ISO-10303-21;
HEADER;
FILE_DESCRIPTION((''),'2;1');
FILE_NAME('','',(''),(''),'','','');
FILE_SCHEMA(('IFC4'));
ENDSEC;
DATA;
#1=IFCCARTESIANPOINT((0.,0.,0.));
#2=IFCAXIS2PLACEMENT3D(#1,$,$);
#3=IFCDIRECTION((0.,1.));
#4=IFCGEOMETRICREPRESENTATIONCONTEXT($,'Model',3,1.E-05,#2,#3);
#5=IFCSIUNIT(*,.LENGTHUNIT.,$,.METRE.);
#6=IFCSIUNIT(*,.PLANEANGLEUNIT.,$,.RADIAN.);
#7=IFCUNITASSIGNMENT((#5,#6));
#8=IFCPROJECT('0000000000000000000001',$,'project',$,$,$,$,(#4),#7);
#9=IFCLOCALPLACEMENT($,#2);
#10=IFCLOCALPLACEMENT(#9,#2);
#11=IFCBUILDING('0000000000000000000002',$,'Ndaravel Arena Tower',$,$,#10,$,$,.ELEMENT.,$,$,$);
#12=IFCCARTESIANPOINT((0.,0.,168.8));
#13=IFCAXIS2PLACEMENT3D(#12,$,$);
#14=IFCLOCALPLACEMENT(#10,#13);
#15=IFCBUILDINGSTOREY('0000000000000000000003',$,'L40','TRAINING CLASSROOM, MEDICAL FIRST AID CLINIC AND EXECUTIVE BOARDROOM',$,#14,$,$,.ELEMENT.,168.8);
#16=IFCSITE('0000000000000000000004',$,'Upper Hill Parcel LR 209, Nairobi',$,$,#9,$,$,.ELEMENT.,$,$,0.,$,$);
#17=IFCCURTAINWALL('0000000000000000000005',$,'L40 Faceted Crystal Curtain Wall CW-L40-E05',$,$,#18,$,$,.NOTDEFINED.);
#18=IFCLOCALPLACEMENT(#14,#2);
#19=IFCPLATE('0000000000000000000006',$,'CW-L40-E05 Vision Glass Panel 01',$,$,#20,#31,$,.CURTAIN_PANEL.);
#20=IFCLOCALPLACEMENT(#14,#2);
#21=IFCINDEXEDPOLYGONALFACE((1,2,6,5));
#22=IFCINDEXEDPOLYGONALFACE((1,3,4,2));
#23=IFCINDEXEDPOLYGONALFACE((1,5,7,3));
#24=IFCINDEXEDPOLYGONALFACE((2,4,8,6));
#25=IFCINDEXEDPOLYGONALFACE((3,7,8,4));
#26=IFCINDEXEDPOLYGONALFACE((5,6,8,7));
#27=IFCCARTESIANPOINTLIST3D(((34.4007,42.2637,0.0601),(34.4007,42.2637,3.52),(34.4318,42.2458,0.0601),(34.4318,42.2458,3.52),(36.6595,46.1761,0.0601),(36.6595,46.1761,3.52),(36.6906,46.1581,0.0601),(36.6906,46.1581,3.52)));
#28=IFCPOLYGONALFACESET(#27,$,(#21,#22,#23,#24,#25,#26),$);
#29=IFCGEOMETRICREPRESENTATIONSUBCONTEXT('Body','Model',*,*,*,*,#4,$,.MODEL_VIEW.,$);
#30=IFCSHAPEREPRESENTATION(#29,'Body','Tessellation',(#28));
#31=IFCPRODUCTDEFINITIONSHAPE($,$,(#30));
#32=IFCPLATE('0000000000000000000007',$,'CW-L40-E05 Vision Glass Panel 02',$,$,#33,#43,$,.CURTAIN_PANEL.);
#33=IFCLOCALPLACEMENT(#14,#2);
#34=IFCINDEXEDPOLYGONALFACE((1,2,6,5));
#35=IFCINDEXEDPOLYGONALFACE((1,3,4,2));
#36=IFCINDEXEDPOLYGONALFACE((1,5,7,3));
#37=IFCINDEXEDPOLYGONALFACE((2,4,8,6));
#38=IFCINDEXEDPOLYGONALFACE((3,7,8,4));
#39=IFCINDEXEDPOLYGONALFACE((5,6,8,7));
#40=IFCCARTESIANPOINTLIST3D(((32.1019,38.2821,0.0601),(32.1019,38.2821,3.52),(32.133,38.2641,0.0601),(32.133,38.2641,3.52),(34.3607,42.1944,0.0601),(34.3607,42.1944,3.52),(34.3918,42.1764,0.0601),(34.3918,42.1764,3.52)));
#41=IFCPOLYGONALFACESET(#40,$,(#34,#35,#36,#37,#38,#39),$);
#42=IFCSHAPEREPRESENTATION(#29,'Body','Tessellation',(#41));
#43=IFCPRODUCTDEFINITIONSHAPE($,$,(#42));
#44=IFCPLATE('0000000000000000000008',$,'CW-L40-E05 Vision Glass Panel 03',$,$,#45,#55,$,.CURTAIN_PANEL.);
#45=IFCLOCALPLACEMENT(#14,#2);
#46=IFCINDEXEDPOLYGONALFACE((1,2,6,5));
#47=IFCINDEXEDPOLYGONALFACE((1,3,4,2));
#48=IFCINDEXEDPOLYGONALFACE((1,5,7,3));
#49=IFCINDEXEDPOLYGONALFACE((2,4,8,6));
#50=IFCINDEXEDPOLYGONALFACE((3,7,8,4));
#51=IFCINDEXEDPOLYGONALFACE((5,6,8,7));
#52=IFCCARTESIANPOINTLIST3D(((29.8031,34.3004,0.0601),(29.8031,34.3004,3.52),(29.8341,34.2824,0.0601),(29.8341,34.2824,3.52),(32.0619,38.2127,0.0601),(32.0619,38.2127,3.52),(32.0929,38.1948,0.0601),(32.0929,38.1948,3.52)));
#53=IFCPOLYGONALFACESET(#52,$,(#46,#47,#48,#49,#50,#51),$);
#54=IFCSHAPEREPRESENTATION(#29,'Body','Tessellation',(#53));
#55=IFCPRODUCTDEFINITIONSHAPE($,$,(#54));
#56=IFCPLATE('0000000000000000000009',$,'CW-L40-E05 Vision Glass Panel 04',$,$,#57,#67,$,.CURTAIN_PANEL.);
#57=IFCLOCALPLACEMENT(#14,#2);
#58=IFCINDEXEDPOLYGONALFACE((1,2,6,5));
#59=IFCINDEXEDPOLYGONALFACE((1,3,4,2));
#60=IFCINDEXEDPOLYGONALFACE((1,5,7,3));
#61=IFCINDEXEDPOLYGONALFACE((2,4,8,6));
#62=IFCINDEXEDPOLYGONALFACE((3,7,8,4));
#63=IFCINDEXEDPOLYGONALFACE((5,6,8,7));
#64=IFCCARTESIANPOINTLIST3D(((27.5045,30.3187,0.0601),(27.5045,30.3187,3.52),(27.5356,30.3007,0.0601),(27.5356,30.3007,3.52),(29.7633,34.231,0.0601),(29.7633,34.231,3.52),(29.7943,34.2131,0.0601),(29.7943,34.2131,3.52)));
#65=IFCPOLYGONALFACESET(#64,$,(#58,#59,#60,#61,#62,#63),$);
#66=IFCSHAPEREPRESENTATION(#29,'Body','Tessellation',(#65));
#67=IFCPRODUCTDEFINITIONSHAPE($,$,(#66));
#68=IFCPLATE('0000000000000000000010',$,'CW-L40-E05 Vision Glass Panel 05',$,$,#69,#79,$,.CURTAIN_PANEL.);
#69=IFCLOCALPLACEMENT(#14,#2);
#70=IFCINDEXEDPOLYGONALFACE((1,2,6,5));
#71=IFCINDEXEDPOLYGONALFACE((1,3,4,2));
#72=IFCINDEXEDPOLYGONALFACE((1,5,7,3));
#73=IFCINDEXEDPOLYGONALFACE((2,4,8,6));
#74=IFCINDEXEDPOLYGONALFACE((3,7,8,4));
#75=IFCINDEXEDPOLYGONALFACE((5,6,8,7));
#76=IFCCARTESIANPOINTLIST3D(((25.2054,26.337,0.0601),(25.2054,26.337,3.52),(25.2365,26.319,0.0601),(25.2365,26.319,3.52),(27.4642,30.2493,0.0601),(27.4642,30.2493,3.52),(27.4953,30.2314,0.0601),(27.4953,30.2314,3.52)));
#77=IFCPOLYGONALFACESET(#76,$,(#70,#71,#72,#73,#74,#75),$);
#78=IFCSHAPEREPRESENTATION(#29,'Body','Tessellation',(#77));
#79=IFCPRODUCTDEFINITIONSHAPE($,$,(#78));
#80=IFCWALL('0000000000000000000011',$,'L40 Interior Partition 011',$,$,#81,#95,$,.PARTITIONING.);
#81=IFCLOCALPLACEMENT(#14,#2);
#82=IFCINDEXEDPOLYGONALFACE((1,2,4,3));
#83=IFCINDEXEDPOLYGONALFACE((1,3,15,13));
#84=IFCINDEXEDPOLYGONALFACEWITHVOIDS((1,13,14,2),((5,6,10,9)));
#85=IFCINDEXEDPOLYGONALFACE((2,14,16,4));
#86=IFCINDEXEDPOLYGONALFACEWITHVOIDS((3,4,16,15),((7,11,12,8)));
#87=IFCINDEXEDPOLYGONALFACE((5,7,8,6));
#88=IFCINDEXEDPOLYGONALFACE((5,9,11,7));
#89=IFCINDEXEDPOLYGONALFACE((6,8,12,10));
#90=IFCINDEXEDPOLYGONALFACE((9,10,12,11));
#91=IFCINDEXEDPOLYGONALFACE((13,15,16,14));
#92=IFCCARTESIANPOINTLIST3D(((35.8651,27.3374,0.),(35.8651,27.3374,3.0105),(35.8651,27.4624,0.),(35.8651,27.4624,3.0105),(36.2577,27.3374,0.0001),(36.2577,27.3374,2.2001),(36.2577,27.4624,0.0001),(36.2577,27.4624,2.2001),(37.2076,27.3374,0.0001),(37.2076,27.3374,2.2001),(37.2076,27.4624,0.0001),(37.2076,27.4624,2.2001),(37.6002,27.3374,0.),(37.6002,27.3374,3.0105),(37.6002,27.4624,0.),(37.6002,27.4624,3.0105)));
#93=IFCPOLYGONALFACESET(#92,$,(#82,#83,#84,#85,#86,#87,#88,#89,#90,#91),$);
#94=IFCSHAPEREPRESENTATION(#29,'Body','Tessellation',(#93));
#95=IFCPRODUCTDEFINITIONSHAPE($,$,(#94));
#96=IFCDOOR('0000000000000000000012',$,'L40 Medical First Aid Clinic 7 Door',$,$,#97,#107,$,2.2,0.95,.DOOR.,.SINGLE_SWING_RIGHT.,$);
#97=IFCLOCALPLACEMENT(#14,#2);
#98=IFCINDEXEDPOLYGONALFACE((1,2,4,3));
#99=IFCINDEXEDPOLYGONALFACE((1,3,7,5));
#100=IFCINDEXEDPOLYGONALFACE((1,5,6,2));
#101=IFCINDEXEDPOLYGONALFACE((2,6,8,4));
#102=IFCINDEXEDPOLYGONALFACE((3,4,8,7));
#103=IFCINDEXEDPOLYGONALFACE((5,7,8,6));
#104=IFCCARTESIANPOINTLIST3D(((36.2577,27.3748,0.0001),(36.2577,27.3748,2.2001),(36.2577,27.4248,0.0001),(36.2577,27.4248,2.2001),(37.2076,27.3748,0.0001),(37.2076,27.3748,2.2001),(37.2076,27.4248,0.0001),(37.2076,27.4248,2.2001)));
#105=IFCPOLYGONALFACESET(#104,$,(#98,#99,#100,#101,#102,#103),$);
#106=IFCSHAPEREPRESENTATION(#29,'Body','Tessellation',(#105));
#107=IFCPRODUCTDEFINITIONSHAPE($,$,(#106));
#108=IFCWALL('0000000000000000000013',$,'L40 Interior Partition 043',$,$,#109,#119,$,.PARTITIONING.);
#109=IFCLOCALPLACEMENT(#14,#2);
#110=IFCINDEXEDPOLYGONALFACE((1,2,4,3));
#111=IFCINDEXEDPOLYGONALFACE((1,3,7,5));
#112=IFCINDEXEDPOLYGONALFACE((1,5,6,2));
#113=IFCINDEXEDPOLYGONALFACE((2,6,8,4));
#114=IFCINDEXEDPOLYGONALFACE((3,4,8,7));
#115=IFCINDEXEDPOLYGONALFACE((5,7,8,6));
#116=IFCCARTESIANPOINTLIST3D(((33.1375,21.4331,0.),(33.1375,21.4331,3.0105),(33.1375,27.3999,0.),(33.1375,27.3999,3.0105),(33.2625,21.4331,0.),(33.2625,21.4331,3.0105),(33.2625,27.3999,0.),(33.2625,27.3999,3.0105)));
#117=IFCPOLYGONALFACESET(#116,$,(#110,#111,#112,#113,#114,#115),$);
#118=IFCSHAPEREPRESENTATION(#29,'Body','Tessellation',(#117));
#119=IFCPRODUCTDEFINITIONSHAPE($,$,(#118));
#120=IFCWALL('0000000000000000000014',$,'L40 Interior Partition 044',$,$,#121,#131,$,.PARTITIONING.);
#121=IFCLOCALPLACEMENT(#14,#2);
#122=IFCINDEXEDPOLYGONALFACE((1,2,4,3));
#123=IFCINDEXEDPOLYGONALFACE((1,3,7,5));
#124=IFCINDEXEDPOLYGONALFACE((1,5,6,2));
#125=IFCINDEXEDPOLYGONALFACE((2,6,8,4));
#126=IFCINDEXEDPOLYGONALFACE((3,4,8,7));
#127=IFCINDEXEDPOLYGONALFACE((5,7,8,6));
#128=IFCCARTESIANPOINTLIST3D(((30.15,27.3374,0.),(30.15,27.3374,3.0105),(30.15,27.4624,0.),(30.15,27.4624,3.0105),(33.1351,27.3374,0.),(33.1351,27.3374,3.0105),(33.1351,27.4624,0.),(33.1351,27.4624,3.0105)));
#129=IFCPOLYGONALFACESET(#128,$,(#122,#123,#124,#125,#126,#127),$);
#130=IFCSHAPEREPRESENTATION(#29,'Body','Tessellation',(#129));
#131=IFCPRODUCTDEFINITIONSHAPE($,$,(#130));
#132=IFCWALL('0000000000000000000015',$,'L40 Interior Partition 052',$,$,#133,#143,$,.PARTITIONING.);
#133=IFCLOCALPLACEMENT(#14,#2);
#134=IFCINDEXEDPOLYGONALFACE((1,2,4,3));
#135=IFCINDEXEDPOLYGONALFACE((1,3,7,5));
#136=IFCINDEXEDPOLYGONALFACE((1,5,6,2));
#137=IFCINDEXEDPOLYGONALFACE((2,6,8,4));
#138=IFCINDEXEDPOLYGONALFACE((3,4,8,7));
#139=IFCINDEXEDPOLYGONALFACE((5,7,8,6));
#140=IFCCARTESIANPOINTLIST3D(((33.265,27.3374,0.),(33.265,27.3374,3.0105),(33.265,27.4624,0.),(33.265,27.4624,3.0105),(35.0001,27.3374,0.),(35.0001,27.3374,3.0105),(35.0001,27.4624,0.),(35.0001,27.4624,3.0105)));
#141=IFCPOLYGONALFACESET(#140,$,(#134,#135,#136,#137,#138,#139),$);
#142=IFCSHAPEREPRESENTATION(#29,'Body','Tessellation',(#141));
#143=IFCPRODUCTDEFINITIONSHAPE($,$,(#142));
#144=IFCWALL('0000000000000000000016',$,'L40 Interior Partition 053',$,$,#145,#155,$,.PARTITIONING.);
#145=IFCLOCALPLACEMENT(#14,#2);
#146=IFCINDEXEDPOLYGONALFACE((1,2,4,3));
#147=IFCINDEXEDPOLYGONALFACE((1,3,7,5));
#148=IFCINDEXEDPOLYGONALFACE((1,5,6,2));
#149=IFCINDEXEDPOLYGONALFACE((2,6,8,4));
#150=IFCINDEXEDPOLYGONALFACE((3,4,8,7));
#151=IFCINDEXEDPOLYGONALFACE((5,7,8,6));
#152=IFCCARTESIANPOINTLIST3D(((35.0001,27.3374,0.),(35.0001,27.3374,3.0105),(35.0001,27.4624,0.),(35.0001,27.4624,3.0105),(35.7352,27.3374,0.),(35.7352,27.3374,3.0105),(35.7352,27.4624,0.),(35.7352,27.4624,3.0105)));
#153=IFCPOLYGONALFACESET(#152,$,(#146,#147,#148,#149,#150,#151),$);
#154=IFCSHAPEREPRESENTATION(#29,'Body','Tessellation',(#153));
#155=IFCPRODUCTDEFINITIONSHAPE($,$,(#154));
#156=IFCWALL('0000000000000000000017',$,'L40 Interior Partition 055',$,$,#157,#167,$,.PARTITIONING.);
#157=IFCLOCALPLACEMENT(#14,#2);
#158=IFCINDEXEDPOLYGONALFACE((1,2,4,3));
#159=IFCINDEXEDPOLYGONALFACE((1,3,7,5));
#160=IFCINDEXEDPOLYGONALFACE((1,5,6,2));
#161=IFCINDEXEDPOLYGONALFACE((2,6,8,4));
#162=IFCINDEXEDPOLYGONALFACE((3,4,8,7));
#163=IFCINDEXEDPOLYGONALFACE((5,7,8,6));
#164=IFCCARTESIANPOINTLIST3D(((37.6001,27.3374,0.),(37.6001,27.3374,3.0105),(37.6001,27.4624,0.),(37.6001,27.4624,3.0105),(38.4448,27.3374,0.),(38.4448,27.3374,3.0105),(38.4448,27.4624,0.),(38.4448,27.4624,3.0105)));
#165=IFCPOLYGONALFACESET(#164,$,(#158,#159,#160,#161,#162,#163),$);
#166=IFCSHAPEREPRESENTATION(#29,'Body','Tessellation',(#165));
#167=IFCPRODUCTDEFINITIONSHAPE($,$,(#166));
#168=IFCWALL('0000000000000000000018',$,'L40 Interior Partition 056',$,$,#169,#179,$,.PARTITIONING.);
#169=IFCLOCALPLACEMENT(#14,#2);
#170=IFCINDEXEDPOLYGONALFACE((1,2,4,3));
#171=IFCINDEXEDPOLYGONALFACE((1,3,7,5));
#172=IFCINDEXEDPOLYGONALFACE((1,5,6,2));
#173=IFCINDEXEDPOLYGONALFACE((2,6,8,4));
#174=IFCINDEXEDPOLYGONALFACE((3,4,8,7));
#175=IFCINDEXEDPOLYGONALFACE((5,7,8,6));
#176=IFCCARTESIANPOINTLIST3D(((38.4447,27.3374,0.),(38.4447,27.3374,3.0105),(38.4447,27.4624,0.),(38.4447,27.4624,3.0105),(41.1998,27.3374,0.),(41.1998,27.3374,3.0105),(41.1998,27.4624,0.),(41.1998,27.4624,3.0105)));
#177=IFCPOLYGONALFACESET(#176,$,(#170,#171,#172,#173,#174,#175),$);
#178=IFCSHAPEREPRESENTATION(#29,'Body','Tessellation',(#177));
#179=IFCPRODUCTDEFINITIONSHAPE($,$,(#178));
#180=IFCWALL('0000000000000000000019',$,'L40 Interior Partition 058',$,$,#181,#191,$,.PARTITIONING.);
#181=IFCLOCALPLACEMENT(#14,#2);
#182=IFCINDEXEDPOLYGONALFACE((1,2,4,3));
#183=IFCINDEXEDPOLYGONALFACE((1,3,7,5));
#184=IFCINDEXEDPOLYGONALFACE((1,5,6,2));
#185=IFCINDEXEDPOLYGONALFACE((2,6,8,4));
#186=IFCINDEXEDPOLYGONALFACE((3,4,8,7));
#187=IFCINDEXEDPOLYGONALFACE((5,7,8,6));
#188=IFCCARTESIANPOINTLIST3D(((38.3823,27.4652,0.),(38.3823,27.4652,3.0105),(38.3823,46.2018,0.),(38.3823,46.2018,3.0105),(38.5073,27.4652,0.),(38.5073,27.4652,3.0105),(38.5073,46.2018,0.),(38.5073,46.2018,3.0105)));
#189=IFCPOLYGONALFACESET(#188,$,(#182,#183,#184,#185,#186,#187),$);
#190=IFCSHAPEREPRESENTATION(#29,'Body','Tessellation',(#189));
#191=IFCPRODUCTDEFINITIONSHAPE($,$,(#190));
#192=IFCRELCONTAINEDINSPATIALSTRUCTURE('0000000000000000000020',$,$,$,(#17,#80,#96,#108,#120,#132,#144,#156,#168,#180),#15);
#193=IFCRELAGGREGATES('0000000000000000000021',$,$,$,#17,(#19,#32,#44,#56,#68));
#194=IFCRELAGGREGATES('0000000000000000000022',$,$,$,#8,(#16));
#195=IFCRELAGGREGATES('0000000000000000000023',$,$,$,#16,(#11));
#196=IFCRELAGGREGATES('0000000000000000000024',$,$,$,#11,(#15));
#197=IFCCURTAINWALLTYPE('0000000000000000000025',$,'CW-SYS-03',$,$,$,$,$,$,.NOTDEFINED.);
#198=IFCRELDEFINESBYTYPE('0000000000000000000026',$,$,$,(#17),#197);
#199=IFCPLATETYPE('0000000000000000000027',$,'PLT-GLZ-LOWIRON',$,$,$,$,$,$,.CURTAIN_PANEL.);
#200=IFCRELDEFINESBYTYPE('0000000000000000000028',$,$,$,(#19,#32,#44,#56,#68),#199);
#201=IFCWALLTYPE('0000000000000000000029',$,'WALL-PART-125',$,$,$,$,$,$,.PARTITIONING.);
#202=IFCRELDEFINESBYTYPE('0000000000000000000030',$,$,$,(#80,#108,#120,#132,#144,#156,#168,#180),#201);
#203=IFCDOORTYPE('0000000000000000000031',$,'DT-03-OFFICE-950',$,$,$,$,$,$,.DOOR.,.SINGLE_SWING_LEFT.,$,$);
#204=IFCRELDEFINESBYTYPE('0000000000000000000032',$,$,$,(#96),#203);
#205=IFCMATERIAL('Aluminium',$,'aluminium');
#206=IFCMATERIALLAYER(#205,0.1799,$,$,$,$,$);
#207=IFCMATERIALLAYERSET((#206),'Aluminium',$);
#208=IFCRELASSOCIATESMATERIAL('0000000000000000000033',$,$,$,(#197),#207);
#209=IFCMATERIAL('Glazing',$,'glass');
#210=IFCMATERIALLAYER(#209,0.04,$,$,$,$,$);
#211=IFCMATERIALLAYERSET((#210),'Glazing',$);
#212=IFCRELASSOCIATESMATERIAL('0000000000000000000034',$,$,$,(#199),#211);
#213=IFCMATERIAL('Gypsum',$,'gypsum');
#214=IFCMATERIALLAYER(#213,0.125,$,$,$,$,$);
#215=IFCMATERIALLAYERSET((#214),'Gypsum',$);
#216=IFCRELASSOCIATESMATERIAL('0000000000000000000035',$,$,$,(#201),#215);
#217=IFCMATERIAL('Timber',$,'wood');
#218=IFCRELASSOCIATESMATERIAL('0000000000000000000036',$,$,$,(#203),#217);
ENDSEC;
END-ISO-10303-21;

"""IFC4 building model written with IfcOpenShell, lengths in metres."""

from ifc_helpers import new_model, si_unit, direction, frame, frame_2d, origin, origin_2d, place, context, subcontext, project, spatial, rectangle, extrude, material, layer, layer_set, type_object, element, fill, aggregate, save


model = new_model("IFC4")

# Units and contexts
model_context = context("Model", 3, precision=1e-05, world=origin(), true_north=direction((0.0, 1.0)))
body_context = subcontext(model_context, "Body", "Model", "MODEL_VIEW")
ifc_project = project(units=[si_unit("LENGTHUNIT", "METRE"), si_unit("PLANEANGLEUNIT", "RADIAN")], contexts=[model_context])

# Site, building, storey
site_placement = place(None, origin())
site = spatial("IfcSite", under=ifc_project, at=site_placement, Name="Upper Hill Parcel LR 209, Nairobi", CompositionType="ELEMENT", RefElevation=0.0)
building_placement = place(site_placement, origin())
building = spatial("IfcBuilding", under=site, at=building_placement, Name="Ndaravel Arena Tower", CompositionType="ELEMENT")
storey_placement = place(building_placement, frame((0.0, 0.0, 168.8)))
storey = spatial("IfcBuildingStorey", under=building, at=storey_placement, Name="L40", Description="TRAINING CLASSROOM, MEDICAL FIRST AID CLINIC AND EXECUTIVE BOARDROOM", CompositionType="ELEMENT", Elevation=168.8)

# Curtain wall
ifc_material_1 = material(Name="Aluminium", Category="aluminium")
ifc_layer_1 = layer(ifc_material_1, 0.1799)
ifc_layer_set_1 = layer_set([ifc_layer_1], Name="Aluminium")
curtain_wall_type_1 = type_object("IfcCurtainWallType", Name="CW-SYS-03", PredefinedType="NOTDEFINED", material=ifc_layer_set_1)
curtain_wall_1_placement = place(storey_placement, origin())
curtain_wall_1 = element("IfcCurtainWall", 1, at=curtain_wall_1_placement, inside=storey, type_object=curtain_wall_type_1, Name="L40 Faceted Crystal Curtain Wall CW-L40-E05", PredefinedType="NOTDEFINED")

# Plates
ifc_material_2 = material(Name="Glazing", Category="glass")
ifc_layer_2 = layer(ifc_material_2, 0.04)
ifc_layer_set_2 = layer_set([ifc_layer_2], Name="Glazing")
plate_type_1 = type_object("IfcPlateType", Name="PLT-GLZ-LOWIRON", PredefinedType="CURTAIN_PANEL", material=ifc_layer_set_2)
plate_1_placement = place(storey_placement, frame((35.5457, 44.2109, 0.0601), z_axis=(0.0, 0.0, 1.0), x_axis=(-0.5, -0.866025, 0.0)))
plate_1 = element("IfcPlate", 2, at=plate_1_placement, type_object=plate_type_1, Name="CW-L40-E05 Vision Glass Panel 01", PredefinedType="CURTAIN_PANEL", context=body_context, shape_type="SweptSolid", body=[
    extrude(rectangle(XDim=4.5176, YDim=0.0359, at=origin_2d()), origin(), (0.0, 0.0, 1.0), 3.46),
])
plate_2_placement = place(storey_placement, frame((33.2468, 40.2292, 0.0601), z_axis=(0.0, 0.0, 1.0), x_axis=(-0.5, -0.866025, 0.0)))
plate_2 = element("IfcPlate", 3, at=plate_2_placement, type_object=plate_type_1, Name="CW-L40-E05 Vision Glass Panel 02", PredefinedType="CURTAIN_PANEL", context=body_context, shape_type="SweptSolid", body=[
    extrude(rectangle(XDim=4.5176, YDim=0.0359, at=origin_2d()), origin(), (0.0, 0.0, 1.0), 3.46),
])
plate_3_placement = place(storey_placement, frame((30.948, 36.2476, 0.0601), z_axis=(0.0, 0.0, 1.0), x_axis=(-0.5, -0.866025, 0.0)))
plate_3 = element("IfcPlate", 4, at=plate_3_placement, type_object=plate_type_1, Name="CW-L40-E05 Vision Glass Panel 03", PredefinedType="CURTAIN_PANEL", context=body_context, shape_type="SweptSolid", body=[
    extrude(rectangle(XDim=4.5176, YDim=0.0359, at=origin_2d()), origin(), (0.0, 0.0, 1.0), 3.46),
])
plate_4_placement = place(storey_placement, frame((28.6494, 32.2659, 0.0601), z_axis=(0.0, 0.0, 1.0), x_axis=(-0.5, -0.866025, 0.0)))
plate_4 = element("IfcPlate", 5, at=plate_4_placement, type_object=plate_type_1, Name="CW-L40-E05 Vision Glass Panel 04", PredefinedType="CURTAIN_PANEL", context=body_context, shape_type="SweptSolid", body=[
    extrude(rectangle(XDim=4.5176, YDim=0.0359, at=origin_2d()), origin(), (0.0, 0.0, 1.0), 3.46),
])
plate_5_placement = place(storey_placement, frame((26.3503, 28.2842, 0.0601), z_axis=(0.0, 0.0, 1.0), x_axis=(-0.5, -0.866025, 0.0)))
plate_5 = element("IfcPlate", 6, at=plate_5_placement, type_object=plate_type_1, Name="CW-L40-E05 Vision Glass Panel 05", PredefinedType="CURTAIN_PANEL", context=body_context, shape_type="SweptSolid", body=[
    extrude(rectangle(XDim=4.5176, YDim=0.0359, at=origin_2d()), origin(), (0.0, 0.0, 1.0), 3.46),
])
aggregate(curtain_wall_1, [plate_1, plate_2, plate_3, plate_4, plate_5])

# Wall, opening, door
ifc_material_3 = material(Name="Gypsum", Category="gypsum")
ifc_layer_3 = layer(ifc_material_3, 0.125)
ifc_layer_set_3 = layer_set([ifc_layer_3], Name="Gypsum")
wall_type = type_object("IfcWallType", Name="WALL-PART-125", PredefinedType="PARTITIONING", material=ifc_layer_set_3)
wall_1_placement = place(storey_placement, frame((35.865, 27.3999, 0.0), z_axis=(0.0, 0.0, 1.0), x_axis=(1.0, 0.0, 0.0)))
wall_1 = element("IfcWall", 7, at=wall_1_placement, inside=storey, type_object=wall_type, Name="L40 Interior Partition 011", PredefinedType="PARTITIONING", context=body_context, shape_type="SweptSolid", body=[
    extrude(rectangle(XDim=1.7351, YDim=0.125, at=frame_2d((0.8677, 0.0))), origin(), (0.0, 0.0, 1.0), 3.0105),
])
opening_placement = place(wall_1_placement, frame((0.3926, 0.0, 0.0)))
opening = element("IfcOpeningElement", 8, at=opening_placement, cuts=wall_1, PredefinedType="OPENING", context=body_context, shape_type="SweptSolid", body=[
    extrude(rectangle(XDim=0.95, YDim=2.2, at=frame_2d((0.4751, 1.1001))), frame((0.0, 0.0625, 0.0), z_axis=(0.0, -1.0, 0.0), x_axis=(1.0, 0.0, 0.0)), (0.0, 0.0, 1.0), 0.125),
])
ifc_material_4 = material(Name="Timber", Category="wood")
door_type = type_object("IfcDoorType", Name="DT-03-OFFICE-950", OperationType="SINGLE_SWING_LEFT", PredefinedType="DOOR", material=ifc_material_4)
door_placement = place(opening_placement, origin())
door = element("IfcDoor", 9, at=door_placement, inside=storey, type_object=door_type, Name="L40 Medical First Aid Clinic 7 Door", OperationType="SINGLE_SWING_RIGHT", OverallHeight=2.2, OverallWidth=0.95, PredefinedType="DOOR", context=body_context, shape_type="SweptSolid", body=[
    extrude(rectangle(XDim=0.95, YDim=2.2, at=frame_2d((0.4751, 1.1001))), frame((0.0, 0.0249, 0.0), z_axis=(0.0, -1.0, 0.0), x_axis=(1.0, 0.0, 0.0)), (0.0, 0.0, 1.0), 0.05),
])
fill(opening, door)

# Walls
wall_2_placement = place(storey_placement, frame((33.2, 27.3999, 0.0), z_axis=(0.0, 0.0, 1.0), x_axis=(0.0, -1.0, 0.0)))
element("IfcWall", 10, at=wall_2_placement, inside=storey, type_object=wall_type, Name="L40 Interior Partition 043", PredefinedType="PARTITIONING", context=body_context, shape_type="SweptSolid", body=[
    extrude(rectangle(XDim=5.9668, YDim=0.125, at=frame_2d((2.9834, 0.0))), origin(), (0.0, 0.0, 1.0), 3.0105),
])
wall_3_placement = place(storey_placement, frame((30.1499, 27.3999, 0.0), z_axis=(0.0, 0.0, 1.0), x_axis=(1.0, 0.0, 0.0)))
element("IfcWall", 11, at=wall_3_placement, inside=storey, type_object=wall_type, Name="L40 Interior Partition 044", PredefinedType="PARTITIONING", context=body_context, shape_type="SweptSolid", body=[
    extrude(rectangle(XDim=2.9851, YDim=0.125, at=frame_2d((1.4927, 0.0))), origin(), (0.0, 0.0, 1.0), 3.0105),
])
wall_4_placement = place(storey_placement, frame((33.2649, 27.3999, 0.0), z_axis=(0.0, 0.0, 1.0), x_axis=(1.0, 0.0, 0.0)))
element("IfcWall", 12, at=wall_4_placement, inside=storey, type_object=wall_type, Name="L40 Interior Partition 052", PredefinedType="PARTITIONING", context=body_context, shape_type="SweptSolid", body=[
    extrude(rectangle(XDim=1.7351, YDim=0.125, at=frame_2d((0.8677, 0.0))), origin(), (0.0, 0.0, 1.0), 3.0105),
])
wall_5_placement = place(storey_placement, frame((35.0, 27.3999, 0.0), z_axis=(0.0, 0.0, 1.0), x_axis=(1.0, 0.0, 0.0)))
element("IfcWall", 13, at=wall_5_placement, inside=storey, type_object=wall_type, Name="L40 Interior Partition 053", PredefinedType="PARTITIONING", context=body_context, shape_type="SweptSolid", body=[
    extrude(rectangle(XDim=0.7351, YDim=0.125, at=frame_2d((0.3677, 0.0))), origin(), (0.0, 0.0, 1.0), 3.0105),
])
wall_6_placement = place(storey_placement, frame((37.6001, 27.3999, 0.0), z_axis=(0.0, 0.0, 1.0), x_axis=(1.0, 0.0, 0.0)))
element("IfcWall", 14, at=wall_6_placement, inside=storey, type_object=wall_type, Name="L40 Interior Partition 055", PredefinedType="PARTITIONING", context=body_context, shape_type="SweptSolid", body=[
    extrude(rectangle(XDim=0.8447, YDim=0.125, at=frame_2d((0.4224, 0.0))), origin(), (0.0, 0.0, 1.0), 3.0105),
])
wall_7_placement = place(storey_placement, frame((38.4448, 27.3999, 0.0), z_axis=(0.0, 0.0, 1.0), x_axis=(1.0, 0.0, 0.0)))
element("IfcWall", 15, at=wall_7_placement, inside=storey, type_object=wall_type, Name="L40 Interior Partition 056", PredefinedType="PARTITIONING", context=body_context, shape_type="SweptSolid", body=[
    extrude(rectangle(XDim=2.7551, YDim=0.125, at=frame_2d((1.3774, 0.0))), origin(), (0.0, 0.0, 1.0), 3.0105),
])
wall_8_placement = place(storey_placement, frame((38.4448, 46.2017, 0.0), z_axis=(0.0, 0.0, 1.0), x_axis=(0.0, -1.0, 0.0)))
element("IfcWall", 16, at=wall_8_placement, inside=storey, type_object=wall_type, Name="L40 Interior Partition 058", PredefinedType="PARTITIONING", context=body_context, shape_type="SweptSolid", body=[
    extrude(rectangle(XDim=18.7366, YDim=0.125, at=frame_2d((9.3682, 0.0))), origin(), (0.0, 0.0, 1.0), 3.0105),
])

save(model, "model.ifc")
